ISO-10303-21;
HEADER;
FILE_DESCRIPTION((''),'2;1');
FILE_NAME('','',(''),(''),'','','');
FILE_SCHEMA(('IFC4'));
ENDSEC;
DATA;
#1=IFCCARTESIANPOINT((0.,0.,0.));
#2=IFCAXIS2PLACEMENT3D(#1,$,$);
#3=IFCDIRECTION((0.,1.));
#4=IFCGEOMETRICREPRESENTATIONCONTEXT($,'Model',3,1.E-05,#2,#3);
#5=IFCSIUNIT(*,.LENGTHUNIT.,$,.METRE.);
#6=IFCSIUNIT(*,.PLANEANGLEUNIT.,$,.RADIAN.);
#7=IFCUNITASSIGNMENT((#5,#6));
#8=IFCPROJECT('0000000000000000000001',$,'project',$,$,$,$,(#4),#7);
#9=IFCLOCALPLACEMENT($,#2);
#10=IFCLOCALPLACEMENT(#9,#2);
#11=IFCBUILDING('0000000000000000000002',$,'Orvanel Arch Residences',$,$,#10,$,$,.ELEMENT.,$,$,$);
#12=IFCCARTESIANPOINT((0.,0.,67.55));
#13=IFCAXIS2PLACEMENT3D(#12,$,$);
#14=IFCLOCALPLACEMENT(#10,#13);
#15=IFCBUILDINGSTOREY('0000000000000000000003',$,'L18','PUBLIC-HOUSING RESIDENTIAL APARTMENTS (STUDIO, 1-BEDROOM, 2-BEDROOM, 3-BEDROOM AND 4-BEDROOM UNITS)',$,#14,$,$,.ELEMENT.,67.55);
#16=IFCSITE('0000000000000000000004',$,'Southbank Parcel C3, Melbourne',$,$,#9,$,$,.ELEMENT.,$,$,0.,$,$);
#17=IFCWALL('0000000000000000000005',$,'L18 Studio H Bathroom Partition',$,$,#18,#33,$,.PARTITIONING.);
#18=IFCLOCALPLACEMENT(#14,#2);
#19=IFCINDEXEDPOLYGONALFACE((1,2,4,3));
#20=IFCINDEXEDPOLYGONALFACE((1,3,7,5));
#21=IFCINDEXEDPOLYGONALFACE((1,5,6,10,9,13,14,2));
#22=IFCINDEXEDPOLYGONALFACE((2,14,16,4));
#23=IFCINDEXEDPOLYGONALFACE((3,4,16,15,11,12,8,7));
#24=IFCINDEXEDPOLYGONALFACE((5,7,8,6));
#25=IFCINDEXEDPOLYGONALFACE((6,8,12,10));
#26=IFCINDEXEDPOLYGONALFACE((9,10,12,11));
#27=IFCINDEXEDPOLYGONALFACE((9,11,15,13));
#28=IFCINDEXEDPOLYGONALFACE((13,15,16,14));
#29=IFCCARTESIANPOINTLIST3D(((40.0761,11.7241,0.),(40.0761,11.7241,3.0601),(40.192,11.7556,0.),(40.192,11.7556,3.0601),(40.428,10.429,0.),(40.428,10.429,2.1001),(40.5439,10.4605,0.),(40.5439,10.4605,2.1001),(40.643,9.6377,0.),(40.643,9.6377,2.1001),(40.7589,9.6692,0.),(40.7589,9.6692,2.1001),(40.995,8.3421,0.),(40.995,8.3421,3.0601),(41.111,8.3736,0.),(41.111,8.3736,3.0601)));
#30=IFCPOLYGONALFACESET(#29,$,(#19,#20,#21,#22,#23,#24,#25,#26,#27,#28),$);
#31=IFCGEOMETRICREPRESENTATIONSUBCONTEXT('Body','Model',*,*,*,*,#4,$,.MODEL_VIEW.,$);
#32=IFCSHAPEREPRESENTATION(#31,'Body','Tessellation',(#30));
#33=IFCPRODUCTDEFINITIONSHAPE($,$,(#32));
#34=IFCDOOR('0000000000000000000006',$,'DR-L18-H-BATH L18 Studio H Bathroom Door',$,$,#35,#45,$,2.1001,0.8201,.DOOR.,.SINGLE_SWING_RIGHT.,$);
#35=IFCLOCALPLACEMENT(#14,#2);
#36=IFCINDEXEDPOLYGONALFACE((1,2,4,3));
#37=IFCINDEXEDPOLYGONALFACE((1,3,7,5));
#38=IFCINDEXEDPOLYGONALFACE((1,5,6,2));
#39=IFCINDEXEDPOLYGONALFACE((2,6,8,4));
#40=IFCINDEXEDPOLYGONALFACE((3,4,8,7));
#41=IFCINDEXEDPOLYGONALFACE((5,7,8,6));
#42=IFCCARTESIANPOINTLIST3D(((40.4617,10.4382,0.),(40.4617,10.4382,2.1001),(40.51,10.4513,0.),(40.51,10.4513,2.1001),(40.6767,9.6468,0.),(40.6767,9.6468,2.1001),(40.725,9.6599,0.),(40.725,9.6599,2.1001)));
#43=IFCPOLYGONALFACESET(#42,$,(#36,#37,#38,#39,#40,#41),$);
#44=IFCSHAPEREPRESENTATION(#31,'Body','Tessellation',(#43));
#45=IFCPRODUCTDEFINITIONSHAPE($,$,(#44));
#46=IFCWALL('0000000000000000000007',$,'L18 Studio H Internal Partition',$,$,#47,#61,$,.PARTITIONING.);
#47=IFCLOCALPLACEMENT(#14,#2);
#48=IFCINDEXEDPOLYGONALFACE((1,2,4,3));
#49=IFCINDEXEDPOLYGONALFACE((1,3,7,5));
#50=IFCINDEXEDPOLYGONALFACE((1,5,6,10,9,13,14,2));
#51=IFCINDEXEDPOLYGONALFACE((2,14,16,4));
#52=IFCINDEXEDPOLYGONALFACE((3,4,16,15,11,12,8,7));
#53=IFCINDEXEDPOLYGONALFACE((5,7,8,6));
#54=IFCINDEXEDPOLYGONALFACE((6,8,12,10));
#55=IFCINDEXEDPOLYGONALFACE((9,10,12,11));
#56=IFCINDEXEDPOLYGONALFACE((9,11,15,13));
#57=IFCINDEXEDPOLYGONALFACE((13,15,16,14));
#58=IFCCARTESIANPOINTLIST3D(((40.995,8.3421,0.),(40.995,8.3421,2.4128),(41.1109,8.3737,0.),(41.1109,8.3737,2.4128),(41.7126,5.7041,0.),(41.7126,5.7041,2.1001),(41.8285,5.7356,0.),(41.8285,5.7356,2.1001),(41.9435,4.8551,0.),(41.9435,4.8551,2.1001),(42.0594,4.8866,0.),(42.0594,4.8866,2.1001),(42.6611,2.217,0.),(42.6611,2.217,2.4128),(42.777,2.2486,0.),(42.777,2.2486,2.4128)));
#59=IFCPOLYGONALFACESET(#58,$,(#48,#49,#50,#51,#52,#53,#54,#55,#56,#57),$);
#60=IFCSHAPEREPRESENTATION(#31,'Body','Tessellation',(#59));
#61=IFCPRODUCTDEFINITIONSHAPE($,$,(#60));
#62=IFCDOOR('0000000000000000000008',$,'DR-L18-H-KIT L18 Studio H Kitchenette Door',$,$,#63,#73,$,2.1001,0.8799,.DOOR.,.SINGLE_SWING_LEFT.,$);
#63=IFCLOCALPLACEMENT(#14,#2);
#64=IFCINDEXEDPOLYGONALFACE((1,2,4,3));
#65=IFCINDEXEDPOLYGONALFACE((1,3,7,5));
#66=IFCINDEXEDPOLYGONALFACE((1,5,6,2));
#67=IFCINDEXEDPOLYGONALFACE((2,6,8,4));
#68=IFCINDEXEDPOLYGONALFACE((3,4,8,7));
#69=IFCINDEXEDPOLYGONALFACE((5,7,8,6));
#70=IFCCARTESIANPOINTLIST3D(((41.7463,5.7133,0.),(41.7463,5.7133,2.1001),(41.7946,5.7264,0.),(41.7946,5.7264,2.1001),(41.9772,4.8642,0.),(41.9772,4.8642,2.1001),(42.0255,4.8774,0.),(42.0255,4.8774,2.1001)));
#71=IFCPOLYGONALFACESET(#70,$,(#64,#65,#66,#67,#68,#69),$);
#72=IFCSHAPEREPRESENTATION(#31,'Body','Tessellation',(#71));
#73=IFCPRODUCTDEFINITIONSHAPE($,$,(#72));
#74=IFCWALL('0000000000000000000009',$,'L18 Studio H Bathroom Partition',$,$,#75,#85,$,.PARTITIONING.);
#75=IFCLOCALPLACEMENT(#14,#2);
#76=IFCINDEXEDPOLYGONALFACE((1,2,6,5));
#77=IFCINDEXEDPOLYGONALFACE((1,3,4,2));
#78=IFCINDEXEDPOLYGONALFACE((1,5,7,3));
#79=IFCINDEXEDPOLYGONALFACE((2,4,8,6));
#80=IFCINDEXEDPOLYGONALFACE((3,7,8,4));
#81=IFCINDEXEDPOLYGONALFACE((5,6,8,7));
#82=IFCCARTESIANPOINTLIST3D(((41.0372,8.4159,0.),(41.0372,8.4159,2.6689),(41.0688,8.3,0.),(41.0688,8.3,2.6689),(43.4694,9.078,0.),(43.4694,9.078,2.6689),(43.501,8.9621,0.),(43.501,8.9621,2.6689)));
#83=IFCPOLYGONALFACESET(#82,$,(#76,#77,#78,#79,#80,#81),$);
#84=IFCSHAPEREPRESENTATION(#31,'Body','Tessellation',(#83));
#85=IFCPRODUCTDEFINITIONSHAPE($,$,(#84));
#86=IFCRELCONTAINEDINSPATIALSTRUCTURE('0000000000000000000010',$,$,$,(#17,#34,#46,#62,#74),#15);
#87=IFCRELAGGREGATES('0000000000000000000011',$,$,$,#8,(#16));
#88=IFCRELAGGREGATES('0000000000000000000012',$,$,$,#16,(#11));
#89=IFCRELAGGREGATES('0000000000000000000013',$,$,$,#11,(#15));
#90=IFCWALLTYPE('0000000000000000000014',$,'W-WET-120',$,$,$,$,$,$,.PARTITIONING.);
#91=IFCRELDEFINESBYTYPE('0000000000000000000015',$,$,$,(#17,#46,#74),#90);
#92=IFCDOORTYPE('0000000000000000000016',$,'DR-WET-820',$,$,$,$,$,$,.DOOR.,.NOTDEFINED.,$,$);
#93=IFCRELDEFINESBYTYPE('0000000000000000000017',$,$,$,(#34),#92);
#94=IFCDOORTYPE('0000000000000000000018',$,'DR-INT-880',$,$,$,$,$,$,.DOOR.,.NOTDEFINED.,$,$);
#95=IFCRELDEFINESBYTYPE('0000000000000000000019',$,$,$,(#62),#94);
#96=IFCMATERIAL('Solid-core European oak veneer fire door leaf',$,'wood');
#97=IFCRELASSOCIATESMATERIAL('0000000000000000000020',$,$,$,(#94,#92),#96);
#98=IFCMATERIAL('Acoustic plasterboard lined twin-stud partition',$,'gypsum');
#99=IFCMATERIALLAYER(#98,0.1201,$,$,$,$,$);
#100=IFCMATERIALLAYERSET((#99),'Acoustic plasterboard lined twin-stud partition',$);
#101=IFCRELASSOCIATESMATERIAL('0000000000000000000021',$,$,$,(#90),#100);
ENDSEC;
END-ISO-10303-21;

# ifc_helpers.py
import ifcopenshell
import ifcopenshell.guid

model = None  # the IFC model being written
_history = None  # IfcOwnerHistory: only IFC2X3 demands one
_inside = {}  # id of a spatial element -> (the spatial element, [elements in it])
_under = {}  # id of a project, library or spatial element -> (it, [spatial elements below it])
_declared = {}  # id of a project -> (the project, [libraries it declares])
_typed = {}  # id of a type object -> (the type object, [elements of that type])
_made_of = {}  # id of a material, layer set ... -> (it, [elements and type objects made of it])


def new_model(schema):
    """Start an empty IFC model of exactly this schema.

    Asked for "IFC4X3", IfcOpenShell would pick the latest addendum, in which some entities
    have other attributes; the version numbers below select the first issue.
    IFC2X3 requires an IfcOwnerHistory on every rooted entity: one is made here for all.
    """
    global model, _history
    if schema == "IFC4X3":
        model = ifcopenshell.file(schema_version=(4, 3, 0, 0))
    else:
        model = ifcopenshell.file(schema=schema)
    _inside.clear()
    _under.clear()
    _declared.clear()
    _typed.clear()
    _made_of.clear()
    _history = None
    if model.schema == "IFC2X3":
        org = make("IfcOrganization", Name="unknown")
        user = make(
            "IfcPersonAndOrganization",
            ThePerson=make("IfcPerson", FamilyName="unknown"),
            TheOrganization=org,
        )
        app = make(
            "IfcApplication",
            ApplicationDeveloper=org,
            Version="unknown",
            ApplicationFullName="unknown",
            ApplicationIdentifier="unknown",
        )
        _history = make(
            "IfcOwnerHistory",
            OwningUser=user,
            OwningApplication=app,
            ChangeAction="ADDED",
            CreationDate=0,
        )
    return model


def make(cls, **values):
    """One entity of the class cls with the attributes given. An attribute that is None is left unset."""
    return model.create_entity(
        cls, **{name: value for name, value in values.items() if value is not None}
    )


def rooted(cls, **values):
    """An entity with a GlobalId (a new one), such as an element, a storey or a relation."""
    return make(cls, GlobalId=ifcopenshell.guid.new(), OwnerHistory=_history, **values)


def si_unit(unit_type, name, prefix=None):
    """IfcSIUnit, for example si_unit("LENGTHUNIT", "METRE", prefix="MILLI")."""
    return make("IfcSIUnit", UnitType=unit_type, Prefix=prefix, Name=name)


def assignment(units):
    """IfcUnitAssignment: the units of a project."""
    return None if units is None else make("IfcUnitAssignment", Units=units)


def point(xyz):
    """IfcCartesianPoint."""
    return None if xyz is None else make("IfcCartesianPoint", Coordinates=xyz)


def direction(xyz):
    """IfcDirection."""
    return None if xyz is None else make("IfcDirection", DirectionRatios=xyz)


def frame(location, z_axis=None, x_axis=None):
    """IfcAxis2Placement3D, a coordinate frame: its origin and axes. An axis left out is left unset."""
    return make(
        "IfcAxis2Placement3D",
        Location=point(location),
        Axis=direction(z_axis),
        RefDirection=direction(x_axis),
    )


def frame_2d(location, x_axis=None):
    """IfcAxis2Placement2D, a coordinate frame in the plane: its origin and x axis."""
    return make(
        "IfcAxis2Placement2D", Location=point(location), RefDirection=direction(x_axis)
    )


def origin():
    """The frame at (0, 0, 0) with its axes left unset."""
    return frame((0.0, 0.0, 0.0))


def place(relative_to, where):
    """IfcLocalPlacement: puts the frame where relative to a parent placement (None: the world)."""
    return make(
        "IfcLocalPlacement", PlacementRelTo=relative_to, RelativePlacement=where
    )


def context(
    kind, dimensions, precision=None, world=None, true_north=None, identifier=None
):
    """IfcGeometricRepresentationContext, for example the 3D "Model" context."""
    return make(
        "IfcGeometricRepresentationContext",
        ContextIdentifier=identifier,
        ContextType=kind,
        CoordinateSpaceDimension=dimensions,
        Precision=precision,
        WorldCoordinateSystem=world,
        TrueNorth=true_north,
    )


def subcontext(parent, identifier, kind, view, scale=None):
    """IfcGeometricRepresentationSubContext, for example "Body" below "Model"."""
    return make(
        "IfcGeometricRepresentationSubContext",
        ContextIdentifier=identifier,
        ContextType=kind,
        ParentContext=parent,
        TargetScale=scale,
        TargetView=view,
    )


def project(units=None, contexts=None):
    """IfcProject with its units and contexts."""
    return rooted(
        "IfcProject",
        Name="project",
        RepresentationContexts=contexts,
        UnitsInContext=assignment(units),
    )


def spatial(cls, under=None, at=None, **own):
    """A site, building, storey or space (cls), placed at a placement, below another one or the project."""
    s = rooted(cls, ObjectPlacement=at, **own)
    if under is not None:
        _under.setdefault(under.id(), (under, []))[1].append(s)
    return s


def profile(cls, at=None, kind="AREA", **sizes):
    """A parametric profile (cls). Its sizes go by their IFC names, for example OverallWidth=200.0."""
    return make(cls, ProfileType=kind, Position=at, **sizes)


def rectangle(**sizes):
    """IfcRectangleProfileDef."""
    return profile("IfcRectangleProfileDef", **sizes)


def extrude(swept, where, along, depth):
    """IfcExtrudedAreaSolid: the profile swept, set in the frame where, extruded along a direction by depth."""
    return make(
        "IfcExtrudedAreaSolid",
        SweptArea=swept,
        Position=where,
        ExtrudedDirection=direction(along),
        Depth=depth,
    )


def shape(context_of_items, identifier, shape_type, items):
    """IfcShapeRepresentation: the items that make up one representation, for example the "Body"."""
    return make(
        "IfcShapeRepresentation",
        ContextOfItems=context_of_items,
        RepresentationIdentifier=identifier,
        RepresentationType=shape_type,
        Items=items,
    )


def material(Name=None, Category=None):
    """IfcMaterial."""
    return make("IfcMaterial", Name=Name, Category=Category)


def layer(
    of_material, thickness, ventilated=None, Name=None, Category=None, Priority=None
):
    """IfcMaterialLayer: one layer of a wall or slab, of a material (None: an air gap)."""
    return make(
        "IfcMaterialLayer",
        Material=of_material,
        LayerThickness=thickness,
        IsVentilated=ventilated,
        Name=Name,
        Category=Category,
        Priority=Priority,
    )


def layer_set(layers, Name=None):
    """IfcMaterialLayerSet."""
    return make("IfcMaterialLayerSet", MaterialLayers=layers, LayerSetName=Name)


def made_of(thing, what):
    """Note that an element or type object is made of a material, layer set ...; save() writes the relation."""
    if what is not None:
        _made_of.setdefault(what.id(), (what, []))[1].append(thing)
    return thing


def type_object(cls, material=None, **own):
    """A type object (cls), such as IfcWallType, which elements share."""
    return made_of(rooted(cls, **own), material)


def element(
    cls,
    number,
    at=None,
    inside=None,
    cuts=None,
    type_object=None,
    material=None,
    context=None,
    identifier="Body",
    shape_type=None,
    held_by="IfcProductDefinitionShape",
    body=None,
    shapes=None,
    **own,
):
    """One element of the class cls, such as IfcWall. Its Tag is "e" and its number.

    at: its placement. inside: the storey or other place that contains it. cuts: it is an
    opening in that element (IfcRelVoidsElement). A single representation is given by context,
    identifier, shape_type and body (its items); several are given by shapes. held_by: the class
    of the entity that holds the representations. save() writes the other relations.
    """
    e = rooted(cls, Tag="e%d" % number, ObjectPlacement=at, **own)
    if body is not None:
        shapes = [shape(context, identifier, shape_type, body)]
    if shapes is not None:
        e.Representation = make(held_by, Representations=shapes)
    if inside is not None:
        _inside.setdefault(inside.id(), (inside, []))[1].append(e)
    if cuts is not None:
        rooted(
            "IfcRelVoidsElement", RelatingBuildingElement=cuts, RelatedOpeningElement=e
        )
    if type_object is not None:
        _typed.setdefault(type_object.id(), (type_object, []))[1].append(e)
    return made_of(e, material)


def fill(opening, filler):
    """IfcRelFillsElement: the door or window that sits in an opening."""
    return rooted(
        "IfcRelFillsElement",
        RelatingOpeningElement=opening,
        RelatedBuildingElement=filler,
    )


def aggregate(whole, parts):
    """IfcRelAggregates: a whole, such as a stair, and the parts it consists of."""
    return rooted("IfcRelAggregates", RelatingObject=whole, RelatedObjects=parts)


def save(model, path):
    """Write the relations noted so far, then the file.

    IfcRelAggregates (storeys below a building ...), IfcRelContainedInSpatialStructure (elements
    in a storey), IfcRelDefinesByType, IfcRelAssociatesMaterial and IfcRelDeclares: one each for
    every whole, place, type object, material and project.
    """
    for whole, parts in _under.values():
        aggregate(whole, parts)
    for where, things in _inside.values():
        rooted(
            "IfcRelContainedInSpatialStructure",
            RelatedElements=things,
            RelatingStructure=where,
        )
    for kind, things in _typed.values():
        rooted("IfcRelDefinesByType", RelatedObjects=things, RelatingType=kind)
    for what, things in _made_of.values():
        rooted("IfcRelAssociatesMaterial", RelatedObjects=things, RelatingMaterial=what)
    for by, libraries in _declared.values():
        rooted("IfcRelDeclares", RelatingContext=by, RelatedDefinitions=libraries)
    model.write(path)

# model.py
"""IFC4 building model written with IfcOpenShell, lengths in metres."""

from ifc_helpers import new_model, si_unit, direction, frame, frame_2d, origin, place, context, subcontext, project, spatial, rectangle, extrude, material, layer, layer_set, type_object, element, fill, save


model = new_model("IFC4")

# Units and contexts
model_context = context("Model", 3, precision=1e-05, world=origin(), true_north=direction((0.0, 1.0)))
body_context = subcontext(model_context, "Body", "Model", "MODEL_VIEW")
ifc_project = project(units=[si_unit("LENGTHUNIT", "METRE"), si_unit("PLANEANGLEUNIT", "RADIAN")], contexts=[model_context])

# Site, building, storey
site_placement = place(None, origin())
site = spatial("IfcSite", under=ifc_project, at=site_placement, Name="Southbank Parcel C3, Melbourne", CompositionType="ELEMENT", RefElevation=0.0)
building_placement = place(site_placement, origin())
building = spatial("IfcBuilding", under=site, at=building_placement, Name="Orvanel Arch Residences", CompositionType="ELEMENT")
storey_placement = place(building_placement, frame((0.0, 0.0, 67.55)))
storey = spatial("IfcBuildingStorey", under=building, at=storey_placement, Name="L18", Description="PUBLIC-HOUSING RESIDENTIAL APARTMENTS (STUDIO, 1-BEDROOM, 2-BEDROOM, 3-BEDROOM AND 4-BEDROOM UNITS)", CompositionType="ELEMENT", Elevation=67.55)

# Shared definitions
ifc_material_1 = material(Name="Solid-core European oak veneer fire door leaf", Category="wood")

# Shared definitions
door_type_1 = type_object("IfcDoorType", Name="DR-INT-880", OperationType="NOTDEFINED", PredefinedType="DOOR", material=ifc_material_1)

# Shared definitions
ifc_material_2 = material(Name="Acoustic plasterboard lined twin-stud partition", Category="gypsum")
ifc_layer_1 = layer(ifc_material_2, 0.1201)
ifc_layer_set_1 = layer_set([ifc_layer_1], Name="Acoustic plasterboard lined twin-stud partition")
wall_type_1 = type_object("IfcWallType", Name="W-WET-120", PredefinedType="PARTITIONING", material=ifc_layer_set_1)

# Walls, openings, doors
wall_1_placement = place(storey_placement, frame((40.134, 11.74, 0.0), z_axis=(0.0, 0.0, 1.0), x_axis=(0.262204, -0.965013, 0.0)))
wall_1 = element("IfcWall", 1, at=wall_1_placement, inside=storey, type_object=wall_type_1, Name="L18 Studio H Bathroom Partition", PredefinedType="PARTITIONING", context=body_context, shape_type="SweptSolid", body=[
    extrude(rectangle(XDim=3.5046, YDim=0.1201, at=frame_2d((1.7524, 0.0))), origin(), (0.0, 0.0, 1.0), 3.0601),
])
opening_1_placement = place(wall_1_placement, frame((1.342, 0.0, 0.0)))
opening_1 = element("IfcOpeningElement", 2, at=opening_1_placement, cuts=wall_1, PredefinedType="OPENING", context=body_context, shape_type="SweptSolid", body=[
    extrude(rectangle(XDim=0.8201, YDim=2.1001, at=frame_2d((0.4102, 1.05))), frame((0.0, 0.0701, 0.0), z_axis=(0.0, -1.0, 0.0), x_axis=(1.0, 0.0, 0.0)), (0.0, 0.0, 1.0), 0.1401),
])
door_type_2 = type_object("IfcDoorType", Name="DR-WET-820", OperationType="NOTDEFINED", PredefinedType="DOOR", material=ifc_material_1)
door_1_placement = place(opening_1_placement, origin())
door_1 = element("IfcDoor", 3, at=door_1_placement, inside=storey, type_object=door_type_2, Name="DR-L18-H-BATH L18 Studio H Bathroom Door", OperationType="SINGLE_SWING_RIGHT", OverallHeight=2.1001, OverallWidth=0.8201, PredefinedType="DOOR", context=body_context, shape_type="SweptSolid", body=[
    extrude(rectangle(XDim=0.8201, YDim=2.1001, at=frame_2d((0.4102, 1.05))), frame((0.0, 0.0249, 0.0), z_axis=(0.0, -1.0, 0.0), x_axis=(1.0, 0.0, 0.0)), (0.0, 0.0, 1.0), 0.05),
])
fill(opening_1, door_1)
wall_2_placement = place(storey_placement, frame((41.053, 8.3579, 0.0), z_axis=(0.0, 0.0, 1.0), x_axis=(0.262466, -0.964941, 0.0)))
wall_2 = element("IfcWall", 4, at=wall_2_placement, inside=storey, type_object=wall_type_1, Name="L18 Studio H Internal Partition", PredefinedType="PARTITIONING", context=body_context, shape_type="SweptSolid", body=[
    extrude(rectangle(XDim=6.3477, YDim=0.1201, at=frame_2d((3.1738, 0.0))), origin(), (0.0, 0.0, 1.0), 2.4128),
])
opening_2_placement = place(wall_2_placement, frame((2.7339, 0.0, 0.0)))
opening_2 = element("IfcOpeningElement", 5, at=opening_2_placement, cuts=wall_2, PredefinedType="OPENING", context=body_context, shape_type="SweptSolid", body=[
    extrude(rectangle(XDim=0.8799, YDim=2.1001, at=frame_2d((0.4399, 1.05))), frame((0.0, 0.0701, 0.0), z_axis=(0.0, -1.0, 0.0), x_axis=(1.0, 0.0, 0.0)), (0.0, 0.0, 1.0), 0.1401),
])
door_2_placement = place(opening_2_placement, origin())
door_2 = element("IfcDoor", 6, at=door_2_placement, inside=storey, type_object=door_type_1, Name="DR-L18-H-KIT L18 Studio H Kitchenette Door", OperationType="SINGLE_SWING_LEFT", OverallHeight=2.1001, OverallWidth=0.8799, PredefinedType="DOOR", context=body_context, shape_type="SweptSolid", body=[
    extrude(rectangle(XDim=0.8799, YDim=2.1001, at=frame_2d((0.4399, 1.05))), frame((0.0, 0.0249, 0.0), z_axis=(0.0, -1.0, 0.0), x_axis=(1.0, 0.0, 0.0)), (0.0, 0.0, 1.0), 0.05),
])
fill(opening_2, door_2)

# Wall
wall_3_placement = place(storey_placement, frame((43.4851, 9.02, 0.0), z_axis=(0.0, 0.0, 1.0), x_axis=(-0.964884, -0.262675, 0.0)))
element("IfcWall", 7, at=wall_3_placement, inside=storey, type_object=wall_type_1, Name="L18 Studio H Bathroom Partition", PredefinedType="PARTITIONING", context=body_context, shape_type="SweptSolid", body=[
    extrude(rectangle(XDim=2.5208, YDim=0.1201, at=frame_2d((1.2603, 0.0))), origin(), (0.0, 0.0, 1.0), 2.6689),
])

save(model, "model.ifc")
